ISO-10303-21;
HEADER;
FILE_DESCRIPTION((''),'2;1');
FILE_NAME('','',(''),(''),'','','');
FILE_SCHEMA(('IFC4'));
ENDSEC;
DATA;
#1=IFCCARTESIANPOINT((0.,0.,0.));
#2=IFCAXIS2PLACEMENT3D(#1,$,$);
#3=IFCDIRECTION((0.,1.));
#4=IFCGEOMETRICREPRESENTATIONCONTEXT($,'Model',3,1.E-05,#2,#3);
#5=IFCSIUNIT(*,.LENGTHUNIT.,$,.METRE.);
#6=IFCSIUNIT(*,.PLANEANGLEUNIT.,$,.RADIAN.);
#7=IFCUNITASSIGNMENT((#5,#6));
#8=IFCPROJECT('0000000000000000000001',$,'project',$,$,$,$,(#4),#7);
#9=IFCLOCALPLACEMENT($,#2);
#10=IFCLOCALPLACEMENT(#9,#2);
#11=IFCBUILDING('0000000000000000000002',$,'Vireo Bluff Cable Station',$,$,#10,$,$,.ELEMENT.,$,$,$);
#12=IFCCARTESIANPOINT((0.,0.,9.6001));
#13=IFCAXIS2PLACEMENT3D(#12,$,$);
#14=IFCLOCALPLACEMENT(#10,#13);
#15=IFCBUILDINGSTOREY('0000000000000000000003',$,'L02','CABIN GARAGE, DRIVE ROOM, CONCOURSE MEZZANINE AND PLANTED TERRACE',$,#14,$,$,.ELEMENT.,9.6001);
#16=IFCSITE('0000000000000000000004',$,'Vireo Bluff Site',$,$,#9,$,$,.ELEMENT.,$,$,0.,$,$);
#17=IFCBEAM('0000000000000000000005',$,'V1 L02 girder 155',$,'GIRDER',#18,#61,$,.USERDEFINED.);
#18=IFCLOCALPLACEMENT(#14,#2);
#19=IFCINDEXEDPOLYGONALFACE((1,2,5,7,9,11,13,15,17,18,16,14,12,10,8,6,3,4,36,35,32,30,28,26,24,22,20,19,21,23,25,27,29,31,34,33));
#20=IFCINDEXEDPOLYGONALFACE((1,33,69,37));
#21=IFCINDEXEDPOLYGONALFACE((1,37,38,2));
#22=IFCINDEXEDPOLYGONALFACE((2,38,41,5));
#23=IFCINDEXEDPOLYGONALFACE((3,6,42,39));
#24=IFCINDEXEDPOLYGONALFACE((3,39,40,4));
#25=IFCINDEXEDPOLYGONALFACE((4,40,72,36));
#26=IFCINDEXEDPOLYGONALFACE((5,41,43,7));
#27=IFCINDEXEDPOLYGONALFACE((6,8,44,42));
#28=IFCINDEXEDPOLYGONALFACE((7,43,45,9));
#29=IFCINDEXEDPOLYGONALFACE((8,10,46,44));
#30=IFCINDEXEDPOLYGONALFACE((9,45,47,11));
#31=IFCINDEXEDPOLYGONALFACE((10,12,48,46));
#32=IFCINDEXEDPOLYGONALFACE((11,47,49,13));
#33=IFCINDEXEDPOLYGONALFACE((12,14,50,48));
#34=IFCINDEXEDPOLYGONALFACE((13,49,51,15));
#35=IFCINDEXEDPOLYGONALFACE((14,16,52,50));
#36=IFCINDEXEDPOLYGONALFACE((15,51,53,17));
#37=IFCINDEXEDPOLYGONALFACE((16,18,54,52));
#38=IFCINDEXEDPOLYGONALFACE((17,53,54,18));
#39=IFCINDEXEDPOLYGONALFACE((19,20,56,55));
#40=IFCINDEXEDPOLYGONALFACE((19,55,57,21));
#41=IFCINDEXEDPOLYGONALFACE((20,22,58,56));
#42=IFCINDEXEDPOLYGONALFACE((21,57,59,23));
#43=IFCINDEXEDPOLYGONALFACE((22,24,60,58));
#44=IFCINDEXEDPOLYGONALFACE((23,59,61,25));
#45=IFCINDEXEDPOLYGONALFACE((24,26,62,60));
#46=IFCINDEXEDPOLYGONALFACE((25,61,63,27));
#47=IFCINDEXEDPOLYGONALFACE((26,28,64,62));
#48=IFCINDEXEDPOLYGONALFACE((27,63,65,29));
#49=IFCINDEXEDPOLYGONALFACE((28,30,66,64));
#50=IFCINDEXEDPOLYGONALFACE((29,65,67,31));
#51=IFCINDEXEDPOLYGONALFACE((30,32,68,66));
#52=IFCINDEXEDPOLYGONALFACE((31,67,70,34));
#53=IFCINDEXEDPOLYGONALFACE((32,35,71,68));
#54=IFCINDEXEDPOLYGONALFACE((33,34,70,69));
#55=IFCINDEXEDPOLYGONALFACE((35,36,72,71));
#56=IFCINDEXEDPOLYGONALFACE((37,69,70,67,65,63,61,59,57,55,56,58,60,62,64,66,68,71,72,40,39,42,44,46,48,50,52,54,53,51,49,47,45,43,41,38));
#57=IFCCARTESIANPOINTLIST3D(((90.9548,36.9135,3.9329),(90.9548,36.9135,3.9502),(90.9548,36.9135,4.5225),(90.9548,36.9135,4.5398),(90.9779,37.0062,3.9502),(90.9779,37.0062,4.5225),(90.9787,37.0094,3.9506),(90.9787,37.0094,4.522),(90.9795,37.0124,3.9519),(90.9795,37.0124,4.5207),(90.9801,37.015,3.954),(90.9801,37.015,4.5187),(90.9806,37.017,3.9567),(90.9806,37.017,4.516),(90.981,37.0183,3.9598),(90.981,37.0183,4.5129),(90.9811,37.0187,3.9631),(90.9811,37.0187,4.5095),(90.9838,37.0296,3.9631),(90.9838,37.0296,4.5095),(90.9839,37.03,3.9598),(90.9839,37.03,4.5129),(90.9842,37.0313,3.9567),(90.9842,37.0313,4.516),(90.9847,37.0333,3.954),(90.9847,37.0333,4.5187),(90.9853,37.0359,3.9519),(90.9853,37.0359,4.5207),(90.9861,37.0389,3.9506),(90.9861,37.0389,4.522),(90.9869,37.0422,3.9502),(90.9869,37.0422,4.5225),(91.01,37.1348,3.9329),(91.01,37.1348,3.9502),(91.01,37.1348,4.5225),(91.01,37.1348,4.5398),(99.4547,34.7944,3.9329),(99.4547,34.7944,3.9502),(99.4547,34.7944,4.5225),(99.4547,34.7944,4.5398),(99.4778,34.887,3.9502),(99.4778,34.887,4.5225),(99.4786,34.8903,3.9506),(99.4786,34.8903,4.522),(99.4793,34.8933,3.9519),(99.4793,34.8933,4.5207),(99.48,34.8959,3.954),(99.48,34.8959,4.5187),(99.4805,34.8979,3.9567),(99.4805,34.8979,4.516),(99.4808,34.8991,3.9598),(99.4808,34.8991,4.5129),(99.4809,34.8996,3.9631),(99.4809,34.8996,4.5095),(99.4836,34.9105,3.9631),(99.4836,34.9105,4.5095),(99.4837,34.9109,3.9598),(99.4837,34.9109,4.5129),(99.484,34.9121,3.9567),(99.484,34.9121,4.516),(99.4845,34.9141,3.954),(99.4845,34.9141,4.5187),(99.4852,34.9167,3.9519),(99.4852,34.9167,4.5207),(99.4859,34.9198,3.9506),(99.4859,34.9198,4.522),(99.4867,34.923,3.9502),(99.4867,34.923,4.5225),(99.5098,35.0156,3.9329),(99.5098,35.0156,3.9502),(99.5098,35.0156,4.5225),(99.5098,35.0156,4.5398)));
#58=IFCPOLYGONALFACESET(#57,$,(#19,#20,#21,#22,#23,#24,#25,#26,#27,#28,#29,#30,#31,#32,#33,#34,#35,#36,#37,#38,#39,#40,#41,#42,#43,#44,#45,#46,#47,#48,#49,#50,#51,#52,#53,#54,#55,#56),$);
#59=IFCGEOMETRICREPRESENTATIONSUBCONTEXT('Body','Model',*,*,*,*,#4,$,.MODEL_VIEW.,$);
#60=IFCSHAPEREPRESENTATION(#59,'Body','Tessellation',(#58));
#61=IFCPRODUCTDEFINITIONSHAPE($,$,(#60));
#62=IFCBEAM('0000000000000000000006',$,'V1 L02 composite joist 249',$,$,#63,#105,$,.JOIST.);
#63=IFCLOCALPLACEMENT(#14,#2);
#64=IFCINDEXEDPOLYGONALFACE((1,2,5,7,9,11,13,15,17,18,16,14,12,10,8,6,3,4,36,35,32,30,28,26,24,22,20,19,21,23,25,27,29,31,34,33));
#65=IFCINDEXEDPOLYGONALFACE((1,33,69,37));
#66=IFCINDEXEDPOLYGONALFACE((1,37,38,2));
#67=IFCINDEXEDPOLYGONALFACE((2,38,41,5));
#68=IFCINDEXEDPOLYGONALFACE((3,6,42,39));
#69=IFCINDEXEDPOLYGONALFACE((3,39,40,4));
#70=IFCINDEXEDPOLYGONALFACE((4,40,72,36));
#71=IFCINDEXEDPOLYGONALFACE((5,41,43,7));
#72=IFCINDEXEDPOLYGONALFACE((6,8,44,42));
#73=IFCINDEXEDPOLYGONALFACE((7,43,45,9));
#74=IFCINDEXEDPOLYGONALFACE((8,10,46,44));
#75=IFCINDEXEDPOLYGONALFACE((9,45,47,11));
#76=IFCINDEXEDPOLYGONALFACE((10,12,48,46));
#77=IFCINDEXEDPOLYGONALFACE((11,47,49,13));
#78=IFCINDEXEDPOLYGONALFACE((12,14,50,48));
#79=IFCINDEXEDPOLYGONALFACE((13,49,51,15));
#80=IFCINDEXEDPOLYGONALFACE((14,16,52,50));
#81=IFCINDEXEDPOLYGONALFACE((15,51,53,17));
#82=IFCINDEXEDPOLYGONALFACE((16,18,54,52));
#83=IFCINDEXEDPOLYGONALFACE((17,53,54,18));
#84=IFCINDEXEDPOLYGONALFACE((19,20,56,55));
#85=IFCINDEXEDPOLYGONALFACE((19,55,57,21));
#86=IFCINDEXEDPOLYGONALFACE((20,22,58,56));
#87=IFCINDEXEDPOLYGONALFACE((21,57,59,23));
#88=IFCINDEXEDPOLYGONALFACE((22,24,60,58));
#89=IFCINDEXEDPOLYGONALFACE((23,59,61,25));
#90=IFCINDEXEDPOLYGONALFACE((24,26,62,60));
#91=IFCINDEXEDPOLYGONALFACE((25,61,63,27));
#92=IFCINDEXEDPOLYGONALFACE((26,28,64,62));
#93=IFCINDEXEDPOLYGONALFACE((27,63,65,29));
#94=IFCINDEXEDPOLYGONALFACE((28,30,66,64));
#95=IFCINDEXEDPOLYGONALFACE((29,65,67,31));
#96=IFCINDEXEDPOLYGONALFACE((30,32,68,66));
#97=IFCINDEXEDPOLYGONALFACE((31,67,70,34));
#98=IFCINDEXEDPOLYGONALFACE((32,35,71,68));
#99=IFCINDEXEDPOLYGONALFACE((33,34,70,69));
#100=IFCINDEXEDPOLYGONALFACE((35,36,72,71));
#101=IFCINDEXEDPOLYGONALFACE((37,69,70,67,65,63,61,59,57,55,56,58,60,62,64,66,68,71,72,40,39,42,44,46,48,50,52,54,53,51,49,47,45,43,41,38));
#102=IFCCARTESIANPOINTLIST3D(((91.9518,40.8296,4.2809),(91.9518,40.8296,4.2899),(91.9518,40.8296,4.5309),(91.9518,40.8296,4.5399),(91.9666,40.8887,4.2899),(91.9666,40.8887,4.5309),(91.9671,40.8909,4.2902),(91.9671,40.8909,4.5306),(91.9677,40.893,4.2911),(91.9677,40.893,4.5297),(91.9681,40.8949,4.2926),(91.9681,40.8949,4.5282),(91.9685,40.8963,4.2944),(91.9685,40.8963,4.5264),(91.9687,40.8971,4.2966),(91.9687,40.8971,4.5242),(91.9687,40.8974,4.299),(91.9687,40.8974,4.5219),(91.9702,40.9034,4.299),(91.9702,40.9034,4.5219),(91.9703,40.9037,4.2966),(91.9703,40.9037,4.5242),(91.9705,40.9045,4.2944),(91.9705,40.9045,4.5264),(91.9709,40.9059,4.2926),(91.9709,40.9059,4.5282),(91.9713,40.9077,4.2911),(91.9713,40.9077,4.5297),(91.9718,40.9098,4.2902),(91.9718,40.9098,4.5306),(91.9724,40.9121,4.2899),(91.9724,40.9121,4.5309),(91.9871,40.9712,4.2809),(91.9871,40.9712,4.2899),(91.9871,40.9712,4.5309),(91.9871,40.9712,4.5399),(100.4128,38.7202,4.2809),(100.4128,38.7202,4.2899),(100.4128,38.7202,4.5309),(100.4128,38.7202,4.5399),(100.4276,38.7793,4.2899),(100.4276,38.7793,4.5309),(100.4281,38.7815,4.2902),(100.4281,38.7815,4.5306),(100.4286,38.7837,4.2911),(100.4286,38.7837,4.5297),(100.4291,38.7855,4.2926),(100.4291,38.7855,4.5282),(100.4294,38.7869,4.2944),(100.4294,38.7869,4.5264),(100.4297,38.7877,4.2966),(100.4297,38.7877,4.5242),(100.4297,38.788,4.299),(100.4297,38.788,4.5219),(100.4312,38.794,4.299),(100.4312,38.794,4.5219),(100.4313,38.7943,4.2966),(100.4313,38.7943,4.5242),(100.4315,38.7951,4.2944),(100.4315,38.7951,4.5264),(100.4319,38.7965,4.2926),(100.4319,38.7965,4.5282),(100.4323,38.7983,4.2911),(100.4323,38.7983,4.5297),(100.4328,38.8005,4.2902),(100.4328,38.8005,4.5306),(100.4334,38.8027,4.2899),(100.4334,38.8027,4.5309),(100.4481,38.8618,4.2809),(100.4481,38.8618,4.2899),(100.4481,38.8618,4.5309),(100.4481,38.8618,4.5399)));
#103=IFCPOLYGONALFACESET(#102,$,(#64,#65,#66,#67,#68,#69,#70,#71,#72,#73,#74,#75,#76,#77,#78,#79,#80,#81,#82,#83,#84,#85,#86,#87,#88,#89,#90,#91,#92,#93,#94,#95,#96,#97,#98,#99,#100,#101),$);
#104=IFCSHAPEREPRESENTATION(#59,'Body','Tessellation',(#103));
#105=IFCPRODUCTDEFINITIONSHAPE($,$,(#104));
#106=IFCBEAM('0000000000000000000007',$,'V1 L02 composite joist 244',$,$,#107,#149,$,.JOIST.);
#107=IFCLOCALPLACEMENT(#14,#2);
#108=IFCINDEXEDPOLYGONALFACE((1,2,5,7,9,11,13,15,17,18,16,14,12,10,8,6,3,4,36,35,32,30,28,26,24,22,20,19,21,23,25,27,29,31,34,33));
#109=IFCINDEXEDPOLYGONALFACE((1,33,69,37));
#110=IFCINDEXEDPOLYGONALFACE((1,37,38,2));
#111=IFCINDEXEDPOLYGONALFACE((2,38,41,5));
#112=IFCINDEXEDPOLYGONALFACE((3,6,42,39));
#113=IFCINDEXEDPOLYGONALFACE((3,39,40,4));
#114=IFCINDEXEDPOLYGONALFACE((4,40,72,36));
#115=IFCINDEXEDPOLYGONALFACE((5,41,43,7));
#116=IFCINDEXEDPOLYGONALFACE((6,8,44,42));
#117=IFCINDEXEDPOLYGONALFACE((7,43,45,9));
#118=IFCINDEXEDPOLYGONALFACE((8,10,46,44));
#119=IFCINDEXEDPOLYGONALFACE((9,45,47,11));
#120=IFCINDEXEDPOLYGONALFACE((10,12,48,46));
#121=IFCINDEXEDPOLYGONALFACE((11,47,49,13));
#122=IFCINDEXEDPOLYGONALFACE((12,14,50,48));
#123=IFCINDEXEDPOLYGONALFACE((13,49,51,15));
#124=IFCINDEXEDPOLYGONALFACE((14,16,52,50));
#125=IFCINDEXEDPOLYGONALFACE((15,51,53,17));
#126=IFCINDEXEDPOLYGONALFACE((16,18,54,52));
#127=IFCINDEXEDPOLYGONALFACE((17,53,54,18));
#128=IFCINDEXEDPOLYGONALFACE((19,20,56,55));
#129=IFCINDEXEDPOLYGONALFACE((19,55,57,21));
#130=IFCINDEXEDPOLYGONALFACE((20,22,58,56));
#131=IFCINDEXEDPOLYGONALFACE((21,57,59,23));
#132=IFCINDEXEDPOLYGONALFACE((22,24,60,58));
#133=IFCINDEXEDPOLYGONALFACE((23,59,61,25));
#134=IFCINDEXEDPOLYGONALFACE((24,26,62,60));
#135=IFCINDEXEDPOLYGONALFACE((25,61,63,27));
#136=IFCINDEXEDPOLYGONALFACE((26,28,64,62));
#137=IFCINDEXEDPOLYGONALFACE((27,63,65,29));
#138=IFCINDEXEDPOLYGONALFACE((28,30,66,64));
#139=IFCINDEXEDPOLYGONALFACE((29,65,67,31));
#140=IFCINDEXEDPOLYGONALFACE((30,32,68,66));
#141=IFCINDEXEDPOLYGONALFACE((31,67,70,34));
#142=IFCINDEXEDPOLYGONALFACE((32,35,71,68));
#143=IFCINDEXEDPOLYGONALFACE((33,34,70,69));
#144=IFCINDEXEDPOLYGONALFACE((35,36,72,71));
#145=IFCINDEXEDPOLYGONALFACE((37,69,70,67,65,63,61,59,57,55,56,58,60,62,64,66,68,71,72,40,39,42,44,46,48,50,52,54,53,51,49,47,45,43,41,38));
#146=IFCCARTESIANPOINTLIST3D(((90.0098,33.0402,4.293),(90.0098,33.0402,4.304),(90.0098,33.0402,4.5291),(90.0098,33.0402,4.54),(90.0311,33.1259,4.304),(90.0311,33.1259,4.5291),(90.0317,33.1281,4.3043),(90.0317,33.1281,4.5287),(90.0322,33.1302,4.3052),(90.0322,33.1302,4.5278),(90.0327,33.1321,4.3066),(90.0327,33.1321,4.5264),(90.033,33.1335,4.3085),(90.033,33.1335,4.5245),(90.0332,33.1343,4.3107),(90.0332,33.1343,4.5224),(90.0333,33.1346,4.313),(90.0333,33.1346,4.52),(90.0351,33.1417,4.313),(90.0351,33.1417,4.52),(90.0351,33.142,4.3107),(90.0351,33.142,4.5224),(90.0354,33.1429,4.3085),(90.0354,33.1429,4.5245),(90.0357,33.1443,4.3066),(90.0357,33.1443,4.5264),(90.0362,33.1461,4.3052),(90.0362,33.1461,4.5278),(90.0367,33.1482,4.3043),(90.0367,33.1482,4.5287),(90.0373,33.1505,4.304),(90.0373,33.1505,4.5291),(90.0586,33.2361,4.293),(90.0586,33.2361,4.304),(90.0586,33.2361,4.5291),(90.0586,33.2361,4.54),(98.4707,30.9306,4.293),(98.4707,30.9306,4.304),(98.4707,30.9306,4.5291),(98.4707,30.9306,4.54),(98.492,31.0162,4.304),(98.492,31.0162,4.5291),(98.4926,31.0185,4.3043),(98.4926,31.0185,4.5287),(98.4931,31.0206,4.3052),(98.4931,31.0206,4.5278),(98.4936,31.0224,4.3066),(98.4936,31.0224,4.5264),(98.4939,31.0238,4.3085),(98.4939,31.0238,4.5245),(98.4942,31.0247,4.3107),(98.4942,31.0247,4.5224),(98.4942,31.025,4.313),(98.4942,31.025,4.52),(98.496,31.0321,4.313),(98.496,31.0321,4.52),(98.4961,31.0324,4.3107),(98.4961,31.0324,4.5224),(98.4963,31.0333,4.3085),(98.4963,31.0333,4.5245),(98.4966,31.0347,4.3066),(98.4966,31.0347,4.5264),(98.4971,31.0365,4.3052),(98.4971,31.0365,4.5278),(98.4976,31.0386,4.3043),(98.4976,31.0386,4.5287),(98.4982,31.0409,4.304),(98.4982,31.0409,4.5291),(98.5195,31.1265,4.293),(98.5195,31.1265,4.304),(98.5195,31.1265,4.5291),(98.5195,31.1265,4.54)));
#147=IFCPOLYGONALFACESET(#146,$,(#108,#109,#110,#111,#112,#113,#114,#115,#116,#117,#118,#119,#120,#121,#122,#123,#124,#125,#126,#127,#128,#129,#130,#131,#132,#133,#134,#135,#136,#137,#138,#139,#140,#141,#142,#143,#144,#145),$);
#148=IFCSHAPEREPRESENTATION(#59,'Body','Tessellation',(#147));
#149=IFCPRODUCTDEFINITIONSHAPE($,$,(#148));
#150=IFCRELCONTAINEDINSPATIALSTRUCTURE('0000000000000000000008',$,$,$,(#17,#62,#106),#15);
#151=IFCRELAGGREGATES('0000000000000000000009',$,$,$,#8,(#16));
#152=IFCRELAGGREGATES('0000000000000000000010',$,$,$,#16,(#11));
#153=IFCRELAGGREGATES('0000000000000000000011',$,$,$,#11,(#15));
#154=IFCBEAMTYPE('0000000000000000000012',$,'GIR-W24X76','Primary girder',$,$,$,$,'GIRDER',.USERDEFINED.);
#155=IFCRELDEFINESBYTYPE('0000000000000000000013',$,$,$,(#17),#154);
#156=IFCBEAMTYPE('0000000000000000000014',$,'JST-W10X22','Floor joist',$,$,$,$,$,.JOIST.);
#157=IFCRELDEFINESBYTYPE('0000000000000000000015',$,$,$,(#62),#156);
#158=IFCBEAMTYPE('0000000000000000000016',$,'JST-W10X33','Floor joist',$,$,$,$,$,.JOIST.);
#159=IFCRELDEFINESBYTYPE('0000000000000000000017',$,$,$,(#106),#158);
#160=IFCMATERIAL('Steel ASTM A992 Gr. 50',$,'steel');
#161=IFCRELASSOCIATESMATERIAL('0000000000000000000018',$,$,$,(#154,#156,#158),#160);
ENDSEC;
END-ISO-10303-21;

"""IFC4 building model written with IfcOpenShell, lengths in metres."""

from ifc_helpers import new_model, si_unit, direction, frame, origin, origin_2d, place, context, subcontext, project, spatial, i_section, extrude, material, material_profile, profile_set, type_object, element, save


model = new_model("IFC4")

# Units and contexts
model_context = context("Model", 3, precision=1e-05, world=origin(), true_north=direction((0.0, 1.0)))
body_context = subcontext(model_context, "Body", "Model", "MODEL_VIEW")
ifc_project = project(units=[si_unit("LENGTHUNIT", "METRE"), si_unit("PLANEANGLEUNIT", "RADIAN")], contexts=[model_context])

# Site, building, storey
site_placement = place(None, origin())
site = spatial("IfcSite", under=ifc_project, at=site_placement, Name="Vireo Bluff Site", CompositionType="ELEMENT", RefElevation=0.0)
building_placement = place(site_placement, origin())
building = spatial("IfcBuilding", under=site, at=building_placement, Name="Vireo Bluff Cable Station", CompositionType="ELEMENT")
storey_placement = place(building_placement, frame((0.0, 0.0, 9.6001)))
storey = spatial("IfcBuildingStorey", under=building, at=storey_placement, Name="L02", Description="CABIN GARAGE, DRIVE ROOM, CONCOURSE MEZZANINE AND PLANTED TERRACE", CompositionType="ELEMENT", Elevation=9.6001)

# Shared definitions
ifc_material_1 = material(Name="Steel ASTM A992 Gr. 50", Category="steel")

# Beams
ifc_material_profile_1 = material_profile(ifc_material_1, i_section(OverallWidth=0.228, OverallDepth=0.6069, WebThickness=0.0112, FlangeThickness=0.0173, FilletRadius=0.0129, at=origin_2d()), Name="W24X76")
ifc_profile_set_1 = profile_set([ifc_material_profile_1], Name="Steel ASTM A992 Gr. 50")
beam_type_1 = type_object("IfcBeamType", Name="GIR-W24X76", Description="Primary girder", ElementType="GIRDER", PredefinedType="USERDEFINED", material=ifc_profile_set_1)
beam_1_placement = place(storey_placement, frame((90.9824, 37.0242, 4.2363), z_axis=(0.970298, -0.241913, 0.0), x_axis=(0.241913, 0.970298, 0.0)))
element("IfcBeam", 1, at=beam_1_placement, inside=storey, type_object=beam_type_1, Name="V1 L02 girder 155", ObjectType="GIRDER", PredefinedType="USERDEFINED", context=body_context, shape_type="SweptSolid", body=[
    extrude(i_section(OverallWidth=0.228, OverallDepth=0.6069, WebThickness=0.0112, FlangeThickness=0.0173, FilletRadius=0.0129, at=origin_2d()), origin(), (0.0, 0.0, 1.0), 8.76),
])
ifc_material_profile_2 = material_profile(ifc_material_1, i_section(OverallWidth=0.146, OverallDepth=0.259, WebThickness=0.0061, FlangeThickness=0.009, FilletRadius=0.009, at=origin_2d()), Name="W10X22")
ifc_profile_set_2 = profile_set([ifc_material_profile_2], Name="Steel ASTM A992 Gr. 50")
beam_type_2 = type_object("IfcBeamType", Name="JST-W10X22", Description="Floor joist", PredefinedType="JOIST", material=ifc_profile_set_2)
beam_2_placement = place(storey_placement, frame((91.9695, 40.9004, 4.4104), z_axis=(0.9703, -0.241903, 0.0), x_axis=(0.241903, 0.9703, 0.0)))
element("IfcBeam", 2, at=beam_2_placement, inside=storey, type_object=beam_type_2, Name="V1 L02 composite joist 249", PredefinedType="JOIST", context=body_context, shape_type="SweptSolid", body=[
    extrude(i_section(OverallWidth=0.146, OverallDepth=0.259, WebThickness=0.0061, FlangeThickness=0.009, FilletRadius=0.009, at=origin_2d()), origin(), (0.0, 0.0, 1.0), 8.72),
])
ifc_material_profile_3 = material_profile(ifc_material_1, i_section(OverallWidth=0.2019, OverallDepth=0.2471, WebThickness=0.0073, FlangeThickness=0.011, FilletRadius=0.009, at=origin_2d()), Name="W10X33")
ifc_profile_set_3 = profile_set([ifc_material_profile_3], Name="Steel ASTM A992 Gr. 50")
beam_type_3 = type_object("IfcBeamType", Name="JST-W10X33", Description="Floor joist", PredefinedType="JOIST", material=ifc_profile_set_3)
beam_3_placement = place(storey_placement, frame((90.0342, 33.1382, 4.4165), z_axis=(0.970294, -0.24193, 0.0), x_axis=(0.24193, 0.970294, 0.0)))
element("IfcBeam", 3, at=beam_3_placement, inside=storey, type_object=beam_type_3, Name="V1 L02 composite joist 244", PredefinedType="JOIST", context=body_context, shape_type="SweptSolid", body=[
    extrude(i_section(OverallWidth=0.2019, OverallDepth=0.2471, WebThickness=0.0073, FlangeThickness=0.011, FilletRadius=0.009, at=origin_2d()), origin(), (0.0, 0.0, 1.0), 8.72),
])

save(model, "model.ifc")
